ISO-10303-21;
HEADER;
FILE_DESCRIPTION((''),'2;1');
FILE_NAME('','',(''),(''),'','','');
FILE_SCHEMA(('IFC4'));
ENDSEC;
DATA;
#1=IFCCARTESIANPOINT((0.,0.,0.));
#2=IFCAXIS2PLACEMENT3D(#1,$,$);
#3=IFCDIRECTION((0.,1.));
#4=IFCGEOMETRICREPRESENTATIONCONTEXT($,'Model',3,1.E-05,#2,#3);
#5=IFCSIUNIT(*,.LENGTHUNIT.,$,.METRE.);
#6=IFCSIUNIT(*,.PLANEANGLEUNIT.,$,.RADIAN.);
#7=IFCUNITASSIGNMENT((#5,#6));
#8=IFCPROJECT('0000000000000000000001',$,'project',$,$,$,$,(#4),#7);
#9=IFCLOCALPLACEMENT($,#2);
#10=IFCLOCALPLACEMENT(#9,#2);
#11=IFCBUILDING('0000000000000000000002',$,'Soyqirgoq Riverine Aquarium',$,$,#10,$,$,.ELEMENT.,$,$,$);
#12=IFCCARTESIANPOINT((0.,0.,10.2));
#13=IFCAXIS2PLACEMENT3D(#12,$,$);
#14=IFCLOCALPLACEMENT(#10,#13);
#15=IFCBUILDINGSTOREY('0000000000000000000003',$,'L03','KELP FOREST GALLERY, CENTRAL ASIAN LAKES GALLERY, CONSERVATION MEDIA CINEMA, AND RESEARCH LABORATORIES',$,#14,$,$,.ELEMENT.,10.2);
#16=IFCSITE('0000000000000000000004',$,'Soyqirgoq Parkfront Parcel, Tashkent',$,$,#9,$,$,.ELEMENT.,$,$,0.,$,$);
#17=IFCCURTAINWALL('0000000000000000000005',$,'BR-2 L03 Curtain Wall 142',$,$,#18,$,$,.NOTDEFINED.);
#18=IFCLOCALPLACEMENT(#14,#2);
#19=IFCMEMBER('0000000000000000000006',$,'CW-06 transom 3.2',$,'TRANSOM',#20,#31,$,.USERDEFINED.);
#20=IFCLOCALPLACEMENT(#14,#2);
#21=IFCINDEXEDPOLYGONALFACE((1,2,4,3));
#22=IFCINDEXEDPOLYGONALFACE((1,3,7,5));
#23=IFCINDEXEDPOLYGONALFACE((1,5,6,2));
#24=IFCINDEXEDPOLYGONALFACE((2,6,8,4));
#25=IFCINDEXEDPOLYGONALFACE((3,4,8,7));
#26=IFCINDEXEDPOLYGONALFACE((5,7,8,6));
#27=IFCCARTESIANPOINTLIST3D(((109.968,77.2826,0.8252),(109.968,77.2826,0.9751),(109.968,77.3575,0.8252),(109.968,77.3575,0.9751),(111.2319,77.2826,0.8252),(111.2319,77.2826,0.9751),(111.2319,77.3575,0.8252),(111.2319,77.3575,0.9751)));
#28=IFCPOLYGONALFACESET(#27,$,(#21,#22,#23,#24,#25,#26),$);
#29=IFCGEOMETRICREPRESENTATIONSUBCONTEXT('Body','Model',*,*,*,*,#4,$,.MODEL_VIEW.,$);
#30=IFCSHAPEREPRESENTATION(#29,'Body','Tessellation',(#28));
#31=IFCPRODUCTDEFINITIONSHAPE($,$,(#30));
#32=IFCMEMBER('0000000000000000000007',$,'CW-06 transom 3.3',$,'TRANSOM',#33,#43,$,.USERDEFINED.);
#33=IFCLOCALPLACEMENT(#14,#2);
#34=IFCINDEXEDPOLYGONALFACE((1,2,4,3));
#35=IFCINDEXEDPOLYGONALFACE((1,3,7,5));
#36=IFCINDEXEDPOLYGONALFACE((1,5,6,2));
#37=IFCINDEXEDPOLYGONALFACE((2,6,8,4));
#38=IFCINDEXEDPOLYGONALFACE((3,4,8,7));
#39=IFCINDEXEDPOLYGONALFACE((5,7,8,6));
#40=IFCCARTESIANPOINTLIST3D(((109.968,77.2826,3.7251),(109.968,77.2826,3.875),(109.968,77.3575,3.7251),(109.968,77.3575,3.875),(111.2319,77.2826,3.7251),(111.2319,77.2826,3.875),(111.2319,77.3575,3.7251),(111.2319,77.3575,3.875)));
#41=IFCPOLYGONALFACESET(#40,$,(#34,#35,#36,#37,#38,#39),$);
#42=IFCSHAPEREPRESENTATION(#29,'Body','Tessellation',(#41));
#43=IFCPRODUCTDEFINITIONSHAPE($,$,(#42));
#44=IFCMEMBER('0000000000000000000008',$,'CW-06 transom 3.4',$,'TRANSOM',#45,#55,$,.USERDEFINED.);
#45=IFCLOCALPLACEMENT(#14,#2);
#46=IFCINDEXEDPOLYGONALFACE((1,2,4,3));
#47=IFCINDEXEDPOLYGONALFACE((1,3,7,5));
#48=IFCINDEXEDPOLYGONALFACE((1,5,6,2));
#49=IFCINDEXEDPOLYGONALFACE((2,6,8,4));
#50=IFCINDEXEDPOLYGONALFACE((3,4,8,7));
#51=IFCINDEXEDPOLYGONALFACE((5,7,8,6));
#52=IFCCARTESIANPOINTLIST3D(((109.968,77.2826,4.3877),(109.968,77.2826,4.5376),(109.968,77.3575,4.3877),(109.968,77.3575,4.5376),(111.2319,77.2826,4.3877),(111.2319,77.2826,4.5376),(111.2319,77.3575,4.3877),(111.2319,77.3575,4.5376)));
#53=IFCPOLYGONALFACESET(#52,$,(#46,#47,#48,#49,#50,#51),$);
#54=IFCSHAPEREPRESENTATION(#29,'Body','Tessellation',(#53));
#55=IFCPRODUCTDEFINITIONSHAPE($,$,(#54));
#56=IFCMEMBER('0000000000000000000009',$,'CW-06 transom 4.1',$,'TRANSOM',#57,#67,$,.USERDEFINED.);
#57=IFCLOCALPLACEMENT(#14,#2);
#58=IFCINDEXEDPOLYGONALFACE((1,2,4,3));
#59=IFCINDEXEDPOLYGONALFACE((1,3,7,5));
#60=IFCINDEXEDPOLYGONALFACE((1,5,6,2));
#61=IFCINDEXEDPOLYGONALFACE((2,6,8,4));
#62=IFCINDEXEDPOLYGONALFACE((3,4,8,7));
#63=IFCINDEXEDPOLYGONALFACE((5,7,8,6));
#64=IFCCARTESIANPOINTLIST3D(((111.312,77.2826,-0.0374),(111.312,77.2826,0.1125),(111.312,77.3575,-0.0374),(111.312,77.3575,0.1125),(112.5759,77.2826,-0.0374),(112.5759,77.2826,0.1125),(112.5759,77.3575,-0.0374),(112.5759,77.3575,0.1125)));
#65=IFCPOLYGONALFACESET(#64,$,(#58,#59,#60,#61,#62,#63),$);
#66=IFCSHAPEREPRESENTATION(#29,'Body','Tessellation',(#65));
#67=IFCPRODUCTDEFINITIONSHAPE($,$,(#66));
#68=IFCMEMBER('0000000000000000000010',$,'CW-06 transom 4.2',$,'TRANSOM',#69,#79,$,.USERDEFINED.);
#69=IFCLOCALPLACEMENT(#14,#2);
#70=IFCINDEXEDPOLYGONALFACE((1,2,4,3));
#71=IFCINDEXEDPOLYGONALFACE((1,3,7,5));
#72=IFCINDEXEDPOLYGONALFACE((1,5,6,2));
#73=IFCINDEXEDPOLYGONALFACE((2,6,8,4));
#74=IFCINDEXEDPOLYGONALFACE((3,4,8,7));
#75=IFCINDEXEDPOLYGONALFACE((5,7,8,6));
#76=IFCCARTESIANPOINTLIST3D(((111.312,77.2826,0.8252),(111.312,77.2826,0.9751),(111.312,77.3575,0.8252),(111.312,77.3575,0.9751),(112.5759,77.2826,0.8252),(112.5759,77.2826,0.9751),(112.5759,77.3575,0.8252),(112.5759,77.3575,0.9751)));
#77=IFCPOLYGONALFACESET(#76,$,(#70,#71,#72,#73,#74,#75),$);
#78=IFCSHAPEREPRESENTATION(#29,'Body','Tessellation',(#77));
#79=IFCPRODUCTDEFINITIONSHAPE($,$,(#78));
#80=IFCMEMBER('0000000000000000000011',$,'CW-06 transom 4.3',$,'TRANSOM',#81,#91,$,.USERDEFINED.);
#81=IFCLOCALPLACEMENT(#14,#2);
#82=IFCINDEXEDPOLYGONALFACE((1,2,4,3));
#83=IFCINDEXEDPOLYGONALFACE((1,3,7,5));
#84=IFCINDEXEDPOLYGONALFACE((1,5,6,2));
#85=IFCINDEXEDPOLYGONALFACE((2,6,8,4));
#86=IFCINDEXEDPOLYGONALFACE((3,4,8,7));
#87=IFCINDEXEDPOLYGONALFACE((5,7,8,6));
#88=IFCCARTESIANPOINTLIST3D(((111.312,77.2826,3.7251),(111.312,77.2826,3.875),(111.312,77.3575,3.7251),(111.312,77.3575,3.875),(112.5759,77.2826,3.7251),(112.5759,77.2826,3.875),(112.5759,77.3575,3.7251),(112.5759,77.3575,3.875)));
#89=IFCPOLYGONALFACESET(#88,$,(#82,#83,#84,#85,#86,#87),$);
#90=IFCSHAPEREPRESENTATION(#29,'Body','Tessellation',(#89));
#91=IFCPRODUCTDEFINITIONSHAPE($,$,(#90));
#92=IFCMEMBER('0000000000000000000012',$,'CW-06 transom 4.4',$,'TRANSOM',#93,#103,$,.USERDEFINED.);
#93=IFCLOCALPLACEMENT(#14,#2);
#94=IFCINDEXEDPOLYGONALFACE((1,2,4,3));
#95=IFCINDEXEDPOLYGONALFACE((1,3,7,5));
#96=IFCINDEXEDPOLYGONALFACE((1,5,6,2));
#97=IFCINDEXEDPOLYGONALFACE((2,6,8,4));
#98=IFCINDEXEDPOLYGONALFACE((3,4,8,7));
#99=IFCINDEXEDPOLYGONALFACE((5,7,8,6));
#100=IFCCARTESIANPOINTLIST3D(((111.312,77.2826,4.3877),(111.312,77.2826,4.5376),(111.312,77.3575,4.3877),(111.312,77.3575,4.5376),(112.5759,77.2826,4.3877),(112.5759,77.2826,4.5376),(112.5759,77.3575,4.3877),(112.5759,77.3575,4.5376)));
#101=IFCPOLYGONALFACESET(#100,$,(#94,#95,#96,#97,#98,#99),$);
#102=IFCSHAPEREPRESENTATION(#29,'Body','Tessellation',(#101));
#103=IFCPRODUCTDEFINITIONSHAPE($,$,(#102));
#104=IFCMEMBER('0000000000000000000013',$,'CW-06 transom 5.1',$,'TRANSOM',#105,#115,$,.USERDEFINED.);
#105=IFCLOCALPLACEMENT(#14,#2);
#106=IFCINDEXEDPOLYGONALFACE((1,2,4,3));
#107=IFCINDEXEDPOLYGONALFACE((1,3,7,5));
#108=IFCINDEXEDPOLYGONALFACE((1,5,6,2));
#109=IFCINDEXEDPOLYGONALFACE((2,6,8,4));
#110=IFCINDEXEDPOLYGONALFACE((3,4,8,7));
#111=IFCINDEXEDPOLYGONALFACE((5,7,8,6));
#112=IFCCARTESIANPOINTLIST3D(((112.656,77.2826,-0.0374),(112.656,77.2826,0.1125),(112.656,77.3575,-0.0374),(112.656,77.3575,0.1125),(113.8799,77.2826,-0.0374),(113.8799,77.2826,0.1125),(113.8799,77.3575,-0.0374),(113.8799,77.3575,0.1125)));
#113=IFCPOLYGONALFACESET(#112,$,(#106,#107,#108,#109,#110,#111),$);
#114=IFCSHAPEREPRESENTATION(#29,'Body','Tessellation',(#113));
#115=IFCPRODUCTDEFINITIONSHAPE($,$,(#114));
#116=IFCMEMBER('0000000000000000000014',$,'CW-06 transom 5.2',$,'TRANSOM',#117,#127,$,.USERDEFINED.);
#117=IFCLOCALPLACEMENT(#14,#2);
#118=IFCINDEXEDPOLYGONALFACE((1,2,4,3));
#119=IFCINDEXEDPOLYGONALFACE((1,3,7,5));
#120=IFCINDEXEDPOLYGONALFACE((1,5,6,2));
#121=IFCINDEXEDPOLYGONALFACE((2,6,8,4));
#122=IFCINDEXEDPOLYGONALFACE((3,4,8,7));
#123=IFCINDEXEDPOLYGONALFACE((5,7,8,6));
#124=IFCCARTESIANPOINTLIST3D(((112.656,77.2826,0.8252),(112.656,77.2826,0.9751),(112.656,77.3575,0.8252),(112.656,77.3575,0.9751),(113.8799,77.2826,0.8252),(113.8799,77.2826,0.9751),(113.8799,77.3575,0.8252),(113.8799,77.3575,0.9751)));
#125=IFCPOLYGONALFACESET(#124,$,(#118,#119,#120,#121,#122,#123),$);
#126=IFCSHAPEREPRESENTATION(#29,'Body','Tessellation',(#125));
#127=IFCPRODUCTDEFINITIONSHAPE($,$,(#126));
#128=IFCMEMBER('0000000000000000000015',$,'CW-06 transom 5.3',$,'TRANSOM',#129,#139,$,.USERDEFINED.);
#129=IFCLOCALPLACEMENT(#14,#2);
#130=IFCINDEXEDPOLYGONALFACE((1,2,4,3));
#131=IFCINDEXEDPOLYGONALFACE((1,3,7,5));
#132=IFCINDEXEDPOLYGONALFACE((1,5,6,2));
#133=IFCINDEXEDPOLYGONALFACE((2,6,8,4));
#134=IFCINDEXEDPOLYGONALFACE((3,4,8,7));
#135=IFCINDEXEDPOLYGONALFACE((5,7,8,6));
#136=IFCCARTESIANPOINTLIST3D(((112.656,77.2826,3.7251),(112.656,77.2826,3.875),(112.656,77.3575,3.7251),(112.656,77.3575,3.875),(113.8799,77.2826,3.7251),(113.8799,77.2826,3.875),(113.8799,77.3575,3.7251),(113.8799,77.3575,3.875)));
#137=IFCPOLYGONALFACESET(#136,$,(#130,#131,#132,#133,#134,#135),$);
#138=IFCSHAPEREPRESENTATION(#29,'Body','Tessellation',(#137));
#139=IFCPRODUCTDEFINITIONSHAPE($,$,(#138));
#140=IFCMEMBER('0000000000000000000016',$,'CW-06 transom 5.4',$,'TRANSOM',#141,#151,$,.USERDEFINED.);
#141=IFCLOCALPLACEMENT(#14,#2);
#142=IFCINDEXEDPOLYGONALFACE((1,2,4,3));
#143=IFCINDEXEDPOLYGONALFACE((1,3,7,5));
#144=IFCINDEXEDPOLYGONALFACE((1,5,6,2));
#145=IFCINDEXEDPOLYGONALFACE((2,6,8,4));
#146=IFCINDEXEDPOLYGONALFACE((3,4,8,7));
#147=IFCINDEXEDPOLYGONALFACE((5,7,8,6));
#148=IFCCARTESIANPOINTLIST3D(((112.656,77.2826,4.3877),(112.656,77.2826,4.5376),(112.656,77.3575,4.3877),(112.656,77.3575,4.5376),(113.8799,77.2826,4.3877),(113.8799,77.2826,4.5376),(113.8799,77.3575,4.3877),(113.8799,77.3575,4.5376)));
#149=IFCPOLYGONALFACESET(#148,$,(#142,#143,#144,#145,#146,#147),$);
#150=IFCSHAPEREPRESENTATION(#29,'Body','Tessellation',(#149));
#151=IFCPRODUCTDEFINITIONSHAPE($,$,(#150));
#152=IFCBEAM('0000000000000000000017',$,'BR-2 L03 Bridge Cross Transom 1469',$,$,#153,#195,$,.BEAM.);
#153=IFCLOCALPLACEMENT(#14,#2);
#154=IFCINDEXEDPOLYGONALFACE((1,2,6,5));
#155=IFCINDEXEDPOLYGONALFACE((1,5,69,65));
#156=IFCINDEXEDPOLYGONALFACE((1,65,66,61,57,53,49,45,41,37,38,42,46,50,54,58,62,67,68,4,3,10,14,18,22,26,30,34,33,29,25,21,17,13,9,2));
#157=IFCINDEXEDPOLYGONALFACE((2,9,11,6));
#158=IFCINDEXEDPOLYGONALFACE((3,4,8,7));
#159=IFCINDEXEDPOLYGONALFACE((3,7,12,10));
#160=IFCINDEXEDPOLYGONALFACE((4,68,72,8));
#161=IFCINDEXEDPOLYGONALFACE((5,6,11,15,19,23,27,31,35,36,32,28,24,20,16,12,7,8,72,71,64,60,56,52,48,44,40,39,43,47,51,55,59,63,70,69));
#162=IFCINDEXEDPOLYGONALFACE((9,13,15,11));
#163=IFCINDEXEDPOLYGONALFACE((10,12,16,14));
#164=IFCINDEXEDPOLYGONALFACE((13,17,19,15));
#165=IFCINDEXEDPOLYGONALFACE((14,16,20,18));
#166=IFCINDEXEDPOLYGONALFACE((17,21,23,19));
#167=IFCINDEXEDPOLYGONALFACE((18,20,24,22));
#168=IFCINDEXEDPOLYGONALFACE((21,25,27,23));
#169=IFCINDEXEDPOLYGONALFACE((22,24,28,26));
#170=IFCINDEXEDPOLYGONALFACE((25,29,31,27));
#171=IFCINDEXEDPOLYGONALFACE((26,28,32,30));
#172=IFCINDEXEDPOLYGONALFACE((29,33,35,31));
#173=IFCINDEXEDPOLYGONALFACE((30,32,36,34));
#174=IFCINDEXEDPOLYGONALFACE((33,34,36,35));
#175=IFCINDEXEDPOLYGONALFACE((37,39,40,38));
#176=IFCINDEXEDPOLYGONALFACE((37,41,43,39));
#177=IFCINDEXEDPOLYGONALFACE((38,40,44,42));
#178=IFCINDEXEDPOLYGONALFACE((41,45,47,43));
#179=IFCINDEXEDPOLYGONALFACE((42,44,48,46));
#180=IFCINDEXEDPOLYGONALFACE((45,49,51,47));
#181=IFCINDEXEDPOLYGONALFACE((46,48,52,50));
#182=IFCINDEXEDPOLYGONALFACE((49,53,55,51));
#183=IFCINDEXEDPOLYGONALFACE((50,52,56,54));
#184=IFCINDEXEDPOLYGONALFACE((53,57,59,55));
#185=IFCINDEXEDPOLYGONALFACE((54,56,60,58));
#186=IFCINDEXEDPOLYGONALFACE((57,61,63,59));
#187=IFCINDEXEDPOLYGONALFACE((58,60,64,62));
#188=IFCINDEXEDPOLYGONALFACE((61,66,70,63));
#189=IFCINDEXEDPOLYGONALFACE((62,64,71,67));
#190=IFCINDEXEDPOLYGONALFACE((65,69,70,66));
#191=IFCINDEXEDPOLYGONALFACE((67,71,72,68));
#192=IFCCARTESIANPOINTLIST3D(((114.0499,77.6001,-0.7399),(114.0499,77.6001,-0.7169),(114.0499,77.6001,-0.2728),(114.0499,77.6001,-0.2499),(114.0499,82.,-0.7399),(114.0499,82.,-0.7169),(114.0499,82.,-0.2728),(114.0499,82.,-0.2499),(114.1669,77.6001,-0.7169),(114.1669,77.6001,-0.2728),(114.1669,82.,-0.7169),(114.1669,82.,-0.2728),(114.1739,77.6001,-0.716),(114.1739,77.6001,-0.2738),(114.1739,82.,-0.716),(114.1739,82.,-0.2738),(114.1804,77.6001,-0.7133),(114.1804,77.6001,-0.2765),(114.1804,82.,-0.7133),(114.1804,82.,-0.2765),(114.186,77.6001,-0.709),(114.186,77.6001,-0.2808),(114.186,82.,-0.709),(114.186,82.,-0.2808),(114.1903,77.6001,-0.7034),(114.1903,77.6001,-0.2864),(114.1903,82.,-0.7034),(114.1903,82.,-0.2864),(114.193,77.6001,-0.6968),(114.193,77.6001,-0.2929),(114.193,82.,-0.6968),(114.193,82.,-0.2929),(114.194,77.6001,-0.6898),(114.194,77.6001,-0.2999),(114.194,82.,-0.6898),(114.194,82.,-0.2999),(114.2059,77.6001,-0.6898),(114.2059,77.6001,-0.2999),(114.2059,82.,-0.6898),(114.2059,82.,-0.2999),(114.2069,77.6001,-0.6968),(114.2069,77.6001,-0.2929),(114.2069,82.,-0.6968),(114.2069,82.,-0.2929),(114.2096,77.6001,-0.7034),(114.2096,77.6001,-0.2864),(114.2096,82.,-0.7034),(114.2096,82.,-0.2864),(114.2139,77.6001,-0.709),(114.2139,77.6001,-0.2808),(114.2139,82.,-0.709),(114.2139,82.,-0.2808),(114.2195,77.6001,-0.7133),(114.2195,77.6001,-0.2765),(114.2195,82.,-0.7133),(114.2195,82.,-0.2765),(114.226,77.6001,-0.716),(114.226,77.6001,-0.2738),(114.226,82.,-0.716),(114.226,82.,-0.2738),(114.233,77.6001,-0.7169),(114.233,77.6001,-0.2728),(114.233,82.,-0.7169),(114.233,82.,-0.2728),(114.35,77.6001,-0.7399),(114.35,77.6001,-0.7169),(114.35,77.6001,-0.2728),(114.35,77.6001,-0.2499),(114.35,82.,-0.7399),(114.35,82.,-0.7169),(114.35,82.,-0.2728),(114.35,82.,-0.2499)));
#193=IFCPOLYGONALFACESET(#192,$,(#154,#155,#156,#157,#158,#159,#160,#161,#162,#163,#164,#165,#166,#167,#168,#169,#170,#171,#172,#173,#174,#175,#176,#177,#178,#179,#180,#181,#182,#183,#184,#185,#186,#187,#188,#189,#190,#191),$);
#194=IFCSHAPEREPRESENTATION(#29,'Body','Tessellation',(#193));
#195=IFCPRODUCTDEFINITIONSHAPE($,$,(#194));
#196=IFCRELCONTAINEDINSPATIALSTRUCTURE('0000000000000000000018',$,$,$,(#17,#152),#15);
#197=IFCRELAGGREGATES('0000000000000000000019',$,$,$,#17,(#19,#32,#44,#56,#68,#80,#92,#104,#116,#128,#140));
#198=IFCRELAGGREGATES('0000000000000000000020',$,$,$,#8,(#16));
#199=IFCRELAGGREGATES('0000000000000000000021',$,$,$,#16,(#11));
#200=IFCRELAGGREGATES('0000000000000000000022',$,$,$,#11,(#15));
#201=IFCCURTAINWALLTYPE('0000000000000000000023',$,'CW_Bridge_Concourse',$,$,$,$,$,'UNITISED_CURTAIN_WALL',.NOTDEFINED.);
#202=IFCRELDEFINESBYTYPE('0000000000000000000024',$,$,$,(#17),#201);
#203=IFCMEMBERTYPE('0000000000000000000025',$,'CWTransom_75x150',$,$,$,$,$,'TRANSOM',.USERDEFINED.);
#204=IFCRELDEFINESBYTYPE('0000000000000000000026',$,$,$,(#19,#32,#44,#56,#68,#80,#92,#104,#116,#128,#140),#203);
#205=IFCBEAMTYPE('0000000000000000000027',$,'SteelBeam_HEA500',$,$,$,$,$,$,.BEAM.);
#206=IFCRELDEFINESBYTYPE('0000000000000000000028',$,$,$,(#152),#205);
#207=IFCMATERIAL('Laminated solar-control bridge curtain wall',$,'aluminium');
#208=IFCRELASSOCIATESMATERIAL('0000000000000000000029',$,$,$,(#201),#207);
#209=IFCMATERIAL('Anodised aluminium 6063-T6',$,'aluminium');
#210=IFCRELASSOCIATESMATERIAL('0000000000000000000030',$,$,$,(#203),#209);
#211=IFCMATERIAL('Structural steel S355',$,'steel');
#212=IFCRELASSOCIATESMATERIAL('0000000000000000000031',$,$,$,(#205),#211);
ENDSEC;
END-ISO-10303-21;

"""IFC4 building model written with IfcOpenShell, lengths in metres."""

from ifc_helpers import new_model, si_unit, direction, frame, origin, origin_2d, place, context, subcontext, project, spatial, rectangle, i_section, extrude, material, material_profile, profile_set, type_object, element, aggregate, save


model = new_model("IFC4")

# Units and contexts
model_context = context("Model", 3, precision=1e-05, world=origin(), true_north=direction((0.0, 1.0)))
body_context = subcontext(model_context, "Body", "Model", "MODEL_VIEW")
ifc_project = project(units=[si_unit("LENGTHUNIT", "METRE"), si_unit("PLANEANGLEUNIT", "RADIAN")], contexts=[model_context])

# Site, building, storey
site_placement = place(None, origin())
site = spatial("IfcSite", under=ifc_project, at=site_placement, Name="Soyqirgoq Parkfront Parcel, Tashkent", CompositionType="ELEMENT", RefElevation=0.0)
building_placement = place(site_placement, origin())
building = spatial("IfcBuilding", under=site, at=building_placement, Name="Soyqirgoq Riverine Aquarium", CompositionType="ELEMENT")
storey_placement = place(building_placement, frame((0.0, 0.0, 10.2)))
storey = spatial("IfcBuildingStorey", under=building, at=storey_placement, Name="L03", Description="KELP FOREST GALLERY, CENTRAL ASIAN LAKES GALLERY, CONSERVATION MEDIA CINEMA, AND RESEARCH LABORATORIES", CompositionType="ELEMENT", Elevation=10.2)

# Curtain wall, members
ifc_material_1 = material(Name="Laminated solar-control bridge curtain wall", Category="aluminium")
curtain_wall_type = type_object("IfcCurtainWallType", Name="CW_Bridge_Concourse", ElementType="UNITISED_CURTAIN_WALL", PredefinedType="NOTDEFINED", material=ifc_material_1)
curtain_wall_placement = place(storey_placement, origin())
curtain_wall = element("IfcCurtainWall", 1, at=curtain_wall_placement, inside=storey, type_object=curtain_wall_type, Name="BR-2 L03 Curtain Wall 142", PredefinedType="NOTDEFINED")
ifc_material_2 = material(Name="Anodised aluminium 6063-T6", Category="aluminium")
ifc_material_profile_1 = material_profile(ifc_material_2, rectangle(XDim=0.075, YDim=0.1499, at=origin_2d()), Name="ALU-T 75x150")
ifc_profile_set_1 = profile_set([ifc_material_profile_1], Name="Anodised aluminium 6063-T6")
member_type_1 = type_object("IfcMemberType", Name="CWTransom_75x150", ElementType="TRANSOM", PredefinedType="USERDEFINED", material=ifc_profile_set_1)
member_1_placement = place(storey_placement, frame((109.968, 77.3201, 0.9001), z_axis=(1.0, 0.0, 0.0), x_axis=(0.0, 1.0, 0.0)))
member_1 = element("IfcMember", 2, at=member_1_placement, type_object=member_type_1, Name="CW-06 transom 3.2", ObjectType="TRANSOM", PredefinedType="USERDEFINED", context=body_context, shape_type="SweptSolid", body=[
    extrude(rectangle(XDim=0.075, YDim=0.1499, at=origin_2d()), origin(), (0.0, 0.0, 1.0), 1.2639),
])
member_2_placement = place(storey_placement, frame((109.968, 77.3201, 3.8), z_axis=(1.0, 0.0, 0.0), x_axis=(0.0, 1.0, 0.0)))
member_2 = element("IfcMember", 3, at=member_2_placement, type_object=member_type_1, Name="CW-06 transom 3.3", ObjectType="TRANSOM", PredefinedType="USERDEFINED", context=body_context, shape_type="SweptSolid", body=[
    extrude(rectangle(XDim=0.075, YDim=0.1499, at=origin_2d()), origin(), (0.0, 0.0, 1.0), 1.2639),
])
member_3_placement = place(storey_placement, frame((109.968, 77.3201, 4.4626), z_axis=(1.0, 0.0, 0.0), x_axis=(0.0, 1.0, 0.0)))
member_3 = element("IfcMember", 4, at=member_3_placement, type_object=member_type_1, Name="CW-06 transom 3.4", ObjectType="TRANSOM", PredefinedType="USERDEFINED", context=body_context, shape_type="SweptSolid", body=[
    extrude(rectangle(XDim=0.075, YDim=0.1499, at=origin_2d()), origin(), (0.0, 0.0, 1.0), 1.2639),
])
member_4_placement = place(storey_placement, frame((111.312, 77.3201, 0.0376), z_axis=(1.0, 0.0, 0.0), x_axis=(0.0, 1.0, 0.0)))
member_4 = element("IfcMember", 5, at=member_4_placement, type_object=member_type_1, Name="CW-06 transom 4.1", ObjectType="TRANSOM", PredefinedType="USERDEFINED", context=body_context, shape_type="SweptSolid", body=[
    extrude(rectangle(XDim=0.075, YDim=0.1499, at=origin_2d()), origin(), (0.0, 0.0, 1.0), 1.2639),
])
member_5_placement = place(storey_placement, frame((111.312, 77.3201, 0.9001), z_axis=(1.0, 0.0, 0.0), x_axis=(0.0, 1.0, 0.0)))
member_5 = element("IfcMember", 6, at=member_5_placement, type_object=member_type_1, Name="CW-06 transom 4.2", ObjectType="TRANSOM", PredefinedType="USERDEFINED", context=body_context, shape_type="SweptSolid", body=[
    extrude(rectangle(XDim=0.075, YDim=0.1499, at=origin_2d()), origin(), (0.0, 0.0, 1.0), 1.2639),
])
member_6_placement = place(storey_placement, frame((111.312, 77.3201, 3.8), z_axis=(1.0, 0.0, 0.0), x_axis=(0.0, 1.0, 0.0)))
member_6 = element("IfcMember", 7, at=member_6_placement, type_object=member_type_1, Name="CW-06 transom 4.3", ObjectType="TRANSOM", PredefinedType="USERDEFINED", context=body_context, shape_type="SweptSolid", body=[
    extrude(rectangle(XDim=0.075, YDim=0.1499, at=origin_2d()), origin(), (0.0, 0.0, 1.0), 1.2639),
])
member_7_placement = place(storey_placement, frame((111.312, 77.3201, 4.4626), z_axis=(1.0, 0.0, 0.0), x_axis=(0.0, 1.0, 0.0)))
member_7 = element("IfcMember", 8, at=member_7_placement, type_object=member_type_1, Name="CW-06 transom 4.4", ObjectType="TRANSOM", PredefinedType="USERDEFINED", context=body_context, shape_type="SweptSolid", body=[
    extrude(rectangle(XDim=0.075, YDim=0.1499, at=origin_2d()), origin(), (0.0, 0.0, 1.0), 1.2639),
])
member_8_placement = place(storey_placement, frame((112.656, 77.3201, 0.0376), z_axis=(1.0, 0.0, 0.0), x_axis=(0.0, 1.0, 0.0)))
member_8 = element("IfcMember", 9, at=member_8_placement, type_object=member_type_1, Name="CW-06 transom 5.1", ObjectType="TRANSOM", PredefinedType="USERDEFINED", context=body_context, shape_type="SweptSolid", body=[
    extrude(rectangle(XDim=0.075, YDim=0.1499, at=origin_2d()), origin(), (0.0, 0.0, 1.0), 1.2239),
])
member_9_placement = place(storey_placement, frame((112.656, 77.3201, 0.9001), z_axis=(1.0, 0.0, 0.0), x_axis=(0.0, 1.0, 0.0)))
member_9 = element("IfcMember", 10, at=member_9_placement, type_object=member_type_1, Name="CW-06 transom 5.2", ObjectType="TRANSOM", PredefinedType="USERDEFINED", context=body_context, shape_type="SweptSolid", body=[
    extrude(rectangle(XDim=0.075, YDim=0.1499, at=origin_2d()), origin(), (0.0, 0.0, 1.0), 1.2239),
])
member_10_placement = place(storey_placement, frame((112.656, 77.3201, 3.8), z_axis=(1.0, 0.0, 0.0), x_axis=(0.0, 1.0, 0.0)))
member_10 = element("IfcMember", 11, at=member_10_placement, type_object=member_type_1, Name="CW-06 transom 5.3", ObjectType="TRANSOM", PredefinedType="USERDEFINED", context=body_context, shape_type="SweptSolid", body=[
    extrude(rectangle(XDim=0.075, YDim=0.1499, at=origin_2d()), origin(), (0.0, 0.0, 1.0), 1.2239),
])
member_11_placement = place(storey_placement, frame((112.656, 77.3201, 4.4626), z_axis=(1.0, 0.0, 0.0), x_axis=(0.0, 1.0, 0.0)))
member_11 = element("IfcMember", 12, at=member_11_placement, type_object=member_type_1, Name="CW-06 transom 5.4", ObjectType="TRANSOM", PredefinedType="USERDEFINED", context=body_context, shape_type="SweptSolid", body=[
    extrude(rectangle(XDim=0.075, YDim=0.1499, at=origin_2d()), origin(), (0.0, 0.0, 1.0), 1.2239),
])

# Beam
ifc_material_3 = material(Name="Structural steel S355", Category="steel")
ifc_material_profile_2 = material_profile(ifc_material_3, i_section(OverallWidth=0.3, OverallDepth=0.49, WebThickness=0.012, FlangeThickness=0.0229, FilletRadius=0.0271, at=origin_2d()), Name="HEA 500")
ifc_profile_set_2 = profile_set([ifc_material_profile_2], Name="Structural steel S355")
beam_type = type_object("IfcBeamType", Name="SteelBeam_HEA500", PredefinedType="BEAM", material=ifc_profile_set_2)
beam_placement = place(storey_placement, frame((114.2, 77.6001, -0.4949), z_axis=(0.0, 1.0, 0.0), x_axis=(-1.0, 0.0, 0.0)))
element("IfcBeam", 13, at=beam_placement, inside=storey, type_object=beam_type, Name="BR-2 L03 Bridge Cross Transom 1469", PredefinedType="BEAM", context=body_context, shape_type="SweptSolid", body=[
    extrude(i_section(OverallWidth=0.3, OverallDepth=0.49, WebThickness=0.012, FlangeThickness=0.0229, FilletRadius=0.0271, at=origin_2d()), origin(), (0.0, 0.0, 1.0), 4.3999),
])

aggregate(curtain_wall, [member_1, member_2, member_3, member_4, member_5, member_6, member_7, member_8, member_9, member_10, member_11])

save(model, "model.ifc")
